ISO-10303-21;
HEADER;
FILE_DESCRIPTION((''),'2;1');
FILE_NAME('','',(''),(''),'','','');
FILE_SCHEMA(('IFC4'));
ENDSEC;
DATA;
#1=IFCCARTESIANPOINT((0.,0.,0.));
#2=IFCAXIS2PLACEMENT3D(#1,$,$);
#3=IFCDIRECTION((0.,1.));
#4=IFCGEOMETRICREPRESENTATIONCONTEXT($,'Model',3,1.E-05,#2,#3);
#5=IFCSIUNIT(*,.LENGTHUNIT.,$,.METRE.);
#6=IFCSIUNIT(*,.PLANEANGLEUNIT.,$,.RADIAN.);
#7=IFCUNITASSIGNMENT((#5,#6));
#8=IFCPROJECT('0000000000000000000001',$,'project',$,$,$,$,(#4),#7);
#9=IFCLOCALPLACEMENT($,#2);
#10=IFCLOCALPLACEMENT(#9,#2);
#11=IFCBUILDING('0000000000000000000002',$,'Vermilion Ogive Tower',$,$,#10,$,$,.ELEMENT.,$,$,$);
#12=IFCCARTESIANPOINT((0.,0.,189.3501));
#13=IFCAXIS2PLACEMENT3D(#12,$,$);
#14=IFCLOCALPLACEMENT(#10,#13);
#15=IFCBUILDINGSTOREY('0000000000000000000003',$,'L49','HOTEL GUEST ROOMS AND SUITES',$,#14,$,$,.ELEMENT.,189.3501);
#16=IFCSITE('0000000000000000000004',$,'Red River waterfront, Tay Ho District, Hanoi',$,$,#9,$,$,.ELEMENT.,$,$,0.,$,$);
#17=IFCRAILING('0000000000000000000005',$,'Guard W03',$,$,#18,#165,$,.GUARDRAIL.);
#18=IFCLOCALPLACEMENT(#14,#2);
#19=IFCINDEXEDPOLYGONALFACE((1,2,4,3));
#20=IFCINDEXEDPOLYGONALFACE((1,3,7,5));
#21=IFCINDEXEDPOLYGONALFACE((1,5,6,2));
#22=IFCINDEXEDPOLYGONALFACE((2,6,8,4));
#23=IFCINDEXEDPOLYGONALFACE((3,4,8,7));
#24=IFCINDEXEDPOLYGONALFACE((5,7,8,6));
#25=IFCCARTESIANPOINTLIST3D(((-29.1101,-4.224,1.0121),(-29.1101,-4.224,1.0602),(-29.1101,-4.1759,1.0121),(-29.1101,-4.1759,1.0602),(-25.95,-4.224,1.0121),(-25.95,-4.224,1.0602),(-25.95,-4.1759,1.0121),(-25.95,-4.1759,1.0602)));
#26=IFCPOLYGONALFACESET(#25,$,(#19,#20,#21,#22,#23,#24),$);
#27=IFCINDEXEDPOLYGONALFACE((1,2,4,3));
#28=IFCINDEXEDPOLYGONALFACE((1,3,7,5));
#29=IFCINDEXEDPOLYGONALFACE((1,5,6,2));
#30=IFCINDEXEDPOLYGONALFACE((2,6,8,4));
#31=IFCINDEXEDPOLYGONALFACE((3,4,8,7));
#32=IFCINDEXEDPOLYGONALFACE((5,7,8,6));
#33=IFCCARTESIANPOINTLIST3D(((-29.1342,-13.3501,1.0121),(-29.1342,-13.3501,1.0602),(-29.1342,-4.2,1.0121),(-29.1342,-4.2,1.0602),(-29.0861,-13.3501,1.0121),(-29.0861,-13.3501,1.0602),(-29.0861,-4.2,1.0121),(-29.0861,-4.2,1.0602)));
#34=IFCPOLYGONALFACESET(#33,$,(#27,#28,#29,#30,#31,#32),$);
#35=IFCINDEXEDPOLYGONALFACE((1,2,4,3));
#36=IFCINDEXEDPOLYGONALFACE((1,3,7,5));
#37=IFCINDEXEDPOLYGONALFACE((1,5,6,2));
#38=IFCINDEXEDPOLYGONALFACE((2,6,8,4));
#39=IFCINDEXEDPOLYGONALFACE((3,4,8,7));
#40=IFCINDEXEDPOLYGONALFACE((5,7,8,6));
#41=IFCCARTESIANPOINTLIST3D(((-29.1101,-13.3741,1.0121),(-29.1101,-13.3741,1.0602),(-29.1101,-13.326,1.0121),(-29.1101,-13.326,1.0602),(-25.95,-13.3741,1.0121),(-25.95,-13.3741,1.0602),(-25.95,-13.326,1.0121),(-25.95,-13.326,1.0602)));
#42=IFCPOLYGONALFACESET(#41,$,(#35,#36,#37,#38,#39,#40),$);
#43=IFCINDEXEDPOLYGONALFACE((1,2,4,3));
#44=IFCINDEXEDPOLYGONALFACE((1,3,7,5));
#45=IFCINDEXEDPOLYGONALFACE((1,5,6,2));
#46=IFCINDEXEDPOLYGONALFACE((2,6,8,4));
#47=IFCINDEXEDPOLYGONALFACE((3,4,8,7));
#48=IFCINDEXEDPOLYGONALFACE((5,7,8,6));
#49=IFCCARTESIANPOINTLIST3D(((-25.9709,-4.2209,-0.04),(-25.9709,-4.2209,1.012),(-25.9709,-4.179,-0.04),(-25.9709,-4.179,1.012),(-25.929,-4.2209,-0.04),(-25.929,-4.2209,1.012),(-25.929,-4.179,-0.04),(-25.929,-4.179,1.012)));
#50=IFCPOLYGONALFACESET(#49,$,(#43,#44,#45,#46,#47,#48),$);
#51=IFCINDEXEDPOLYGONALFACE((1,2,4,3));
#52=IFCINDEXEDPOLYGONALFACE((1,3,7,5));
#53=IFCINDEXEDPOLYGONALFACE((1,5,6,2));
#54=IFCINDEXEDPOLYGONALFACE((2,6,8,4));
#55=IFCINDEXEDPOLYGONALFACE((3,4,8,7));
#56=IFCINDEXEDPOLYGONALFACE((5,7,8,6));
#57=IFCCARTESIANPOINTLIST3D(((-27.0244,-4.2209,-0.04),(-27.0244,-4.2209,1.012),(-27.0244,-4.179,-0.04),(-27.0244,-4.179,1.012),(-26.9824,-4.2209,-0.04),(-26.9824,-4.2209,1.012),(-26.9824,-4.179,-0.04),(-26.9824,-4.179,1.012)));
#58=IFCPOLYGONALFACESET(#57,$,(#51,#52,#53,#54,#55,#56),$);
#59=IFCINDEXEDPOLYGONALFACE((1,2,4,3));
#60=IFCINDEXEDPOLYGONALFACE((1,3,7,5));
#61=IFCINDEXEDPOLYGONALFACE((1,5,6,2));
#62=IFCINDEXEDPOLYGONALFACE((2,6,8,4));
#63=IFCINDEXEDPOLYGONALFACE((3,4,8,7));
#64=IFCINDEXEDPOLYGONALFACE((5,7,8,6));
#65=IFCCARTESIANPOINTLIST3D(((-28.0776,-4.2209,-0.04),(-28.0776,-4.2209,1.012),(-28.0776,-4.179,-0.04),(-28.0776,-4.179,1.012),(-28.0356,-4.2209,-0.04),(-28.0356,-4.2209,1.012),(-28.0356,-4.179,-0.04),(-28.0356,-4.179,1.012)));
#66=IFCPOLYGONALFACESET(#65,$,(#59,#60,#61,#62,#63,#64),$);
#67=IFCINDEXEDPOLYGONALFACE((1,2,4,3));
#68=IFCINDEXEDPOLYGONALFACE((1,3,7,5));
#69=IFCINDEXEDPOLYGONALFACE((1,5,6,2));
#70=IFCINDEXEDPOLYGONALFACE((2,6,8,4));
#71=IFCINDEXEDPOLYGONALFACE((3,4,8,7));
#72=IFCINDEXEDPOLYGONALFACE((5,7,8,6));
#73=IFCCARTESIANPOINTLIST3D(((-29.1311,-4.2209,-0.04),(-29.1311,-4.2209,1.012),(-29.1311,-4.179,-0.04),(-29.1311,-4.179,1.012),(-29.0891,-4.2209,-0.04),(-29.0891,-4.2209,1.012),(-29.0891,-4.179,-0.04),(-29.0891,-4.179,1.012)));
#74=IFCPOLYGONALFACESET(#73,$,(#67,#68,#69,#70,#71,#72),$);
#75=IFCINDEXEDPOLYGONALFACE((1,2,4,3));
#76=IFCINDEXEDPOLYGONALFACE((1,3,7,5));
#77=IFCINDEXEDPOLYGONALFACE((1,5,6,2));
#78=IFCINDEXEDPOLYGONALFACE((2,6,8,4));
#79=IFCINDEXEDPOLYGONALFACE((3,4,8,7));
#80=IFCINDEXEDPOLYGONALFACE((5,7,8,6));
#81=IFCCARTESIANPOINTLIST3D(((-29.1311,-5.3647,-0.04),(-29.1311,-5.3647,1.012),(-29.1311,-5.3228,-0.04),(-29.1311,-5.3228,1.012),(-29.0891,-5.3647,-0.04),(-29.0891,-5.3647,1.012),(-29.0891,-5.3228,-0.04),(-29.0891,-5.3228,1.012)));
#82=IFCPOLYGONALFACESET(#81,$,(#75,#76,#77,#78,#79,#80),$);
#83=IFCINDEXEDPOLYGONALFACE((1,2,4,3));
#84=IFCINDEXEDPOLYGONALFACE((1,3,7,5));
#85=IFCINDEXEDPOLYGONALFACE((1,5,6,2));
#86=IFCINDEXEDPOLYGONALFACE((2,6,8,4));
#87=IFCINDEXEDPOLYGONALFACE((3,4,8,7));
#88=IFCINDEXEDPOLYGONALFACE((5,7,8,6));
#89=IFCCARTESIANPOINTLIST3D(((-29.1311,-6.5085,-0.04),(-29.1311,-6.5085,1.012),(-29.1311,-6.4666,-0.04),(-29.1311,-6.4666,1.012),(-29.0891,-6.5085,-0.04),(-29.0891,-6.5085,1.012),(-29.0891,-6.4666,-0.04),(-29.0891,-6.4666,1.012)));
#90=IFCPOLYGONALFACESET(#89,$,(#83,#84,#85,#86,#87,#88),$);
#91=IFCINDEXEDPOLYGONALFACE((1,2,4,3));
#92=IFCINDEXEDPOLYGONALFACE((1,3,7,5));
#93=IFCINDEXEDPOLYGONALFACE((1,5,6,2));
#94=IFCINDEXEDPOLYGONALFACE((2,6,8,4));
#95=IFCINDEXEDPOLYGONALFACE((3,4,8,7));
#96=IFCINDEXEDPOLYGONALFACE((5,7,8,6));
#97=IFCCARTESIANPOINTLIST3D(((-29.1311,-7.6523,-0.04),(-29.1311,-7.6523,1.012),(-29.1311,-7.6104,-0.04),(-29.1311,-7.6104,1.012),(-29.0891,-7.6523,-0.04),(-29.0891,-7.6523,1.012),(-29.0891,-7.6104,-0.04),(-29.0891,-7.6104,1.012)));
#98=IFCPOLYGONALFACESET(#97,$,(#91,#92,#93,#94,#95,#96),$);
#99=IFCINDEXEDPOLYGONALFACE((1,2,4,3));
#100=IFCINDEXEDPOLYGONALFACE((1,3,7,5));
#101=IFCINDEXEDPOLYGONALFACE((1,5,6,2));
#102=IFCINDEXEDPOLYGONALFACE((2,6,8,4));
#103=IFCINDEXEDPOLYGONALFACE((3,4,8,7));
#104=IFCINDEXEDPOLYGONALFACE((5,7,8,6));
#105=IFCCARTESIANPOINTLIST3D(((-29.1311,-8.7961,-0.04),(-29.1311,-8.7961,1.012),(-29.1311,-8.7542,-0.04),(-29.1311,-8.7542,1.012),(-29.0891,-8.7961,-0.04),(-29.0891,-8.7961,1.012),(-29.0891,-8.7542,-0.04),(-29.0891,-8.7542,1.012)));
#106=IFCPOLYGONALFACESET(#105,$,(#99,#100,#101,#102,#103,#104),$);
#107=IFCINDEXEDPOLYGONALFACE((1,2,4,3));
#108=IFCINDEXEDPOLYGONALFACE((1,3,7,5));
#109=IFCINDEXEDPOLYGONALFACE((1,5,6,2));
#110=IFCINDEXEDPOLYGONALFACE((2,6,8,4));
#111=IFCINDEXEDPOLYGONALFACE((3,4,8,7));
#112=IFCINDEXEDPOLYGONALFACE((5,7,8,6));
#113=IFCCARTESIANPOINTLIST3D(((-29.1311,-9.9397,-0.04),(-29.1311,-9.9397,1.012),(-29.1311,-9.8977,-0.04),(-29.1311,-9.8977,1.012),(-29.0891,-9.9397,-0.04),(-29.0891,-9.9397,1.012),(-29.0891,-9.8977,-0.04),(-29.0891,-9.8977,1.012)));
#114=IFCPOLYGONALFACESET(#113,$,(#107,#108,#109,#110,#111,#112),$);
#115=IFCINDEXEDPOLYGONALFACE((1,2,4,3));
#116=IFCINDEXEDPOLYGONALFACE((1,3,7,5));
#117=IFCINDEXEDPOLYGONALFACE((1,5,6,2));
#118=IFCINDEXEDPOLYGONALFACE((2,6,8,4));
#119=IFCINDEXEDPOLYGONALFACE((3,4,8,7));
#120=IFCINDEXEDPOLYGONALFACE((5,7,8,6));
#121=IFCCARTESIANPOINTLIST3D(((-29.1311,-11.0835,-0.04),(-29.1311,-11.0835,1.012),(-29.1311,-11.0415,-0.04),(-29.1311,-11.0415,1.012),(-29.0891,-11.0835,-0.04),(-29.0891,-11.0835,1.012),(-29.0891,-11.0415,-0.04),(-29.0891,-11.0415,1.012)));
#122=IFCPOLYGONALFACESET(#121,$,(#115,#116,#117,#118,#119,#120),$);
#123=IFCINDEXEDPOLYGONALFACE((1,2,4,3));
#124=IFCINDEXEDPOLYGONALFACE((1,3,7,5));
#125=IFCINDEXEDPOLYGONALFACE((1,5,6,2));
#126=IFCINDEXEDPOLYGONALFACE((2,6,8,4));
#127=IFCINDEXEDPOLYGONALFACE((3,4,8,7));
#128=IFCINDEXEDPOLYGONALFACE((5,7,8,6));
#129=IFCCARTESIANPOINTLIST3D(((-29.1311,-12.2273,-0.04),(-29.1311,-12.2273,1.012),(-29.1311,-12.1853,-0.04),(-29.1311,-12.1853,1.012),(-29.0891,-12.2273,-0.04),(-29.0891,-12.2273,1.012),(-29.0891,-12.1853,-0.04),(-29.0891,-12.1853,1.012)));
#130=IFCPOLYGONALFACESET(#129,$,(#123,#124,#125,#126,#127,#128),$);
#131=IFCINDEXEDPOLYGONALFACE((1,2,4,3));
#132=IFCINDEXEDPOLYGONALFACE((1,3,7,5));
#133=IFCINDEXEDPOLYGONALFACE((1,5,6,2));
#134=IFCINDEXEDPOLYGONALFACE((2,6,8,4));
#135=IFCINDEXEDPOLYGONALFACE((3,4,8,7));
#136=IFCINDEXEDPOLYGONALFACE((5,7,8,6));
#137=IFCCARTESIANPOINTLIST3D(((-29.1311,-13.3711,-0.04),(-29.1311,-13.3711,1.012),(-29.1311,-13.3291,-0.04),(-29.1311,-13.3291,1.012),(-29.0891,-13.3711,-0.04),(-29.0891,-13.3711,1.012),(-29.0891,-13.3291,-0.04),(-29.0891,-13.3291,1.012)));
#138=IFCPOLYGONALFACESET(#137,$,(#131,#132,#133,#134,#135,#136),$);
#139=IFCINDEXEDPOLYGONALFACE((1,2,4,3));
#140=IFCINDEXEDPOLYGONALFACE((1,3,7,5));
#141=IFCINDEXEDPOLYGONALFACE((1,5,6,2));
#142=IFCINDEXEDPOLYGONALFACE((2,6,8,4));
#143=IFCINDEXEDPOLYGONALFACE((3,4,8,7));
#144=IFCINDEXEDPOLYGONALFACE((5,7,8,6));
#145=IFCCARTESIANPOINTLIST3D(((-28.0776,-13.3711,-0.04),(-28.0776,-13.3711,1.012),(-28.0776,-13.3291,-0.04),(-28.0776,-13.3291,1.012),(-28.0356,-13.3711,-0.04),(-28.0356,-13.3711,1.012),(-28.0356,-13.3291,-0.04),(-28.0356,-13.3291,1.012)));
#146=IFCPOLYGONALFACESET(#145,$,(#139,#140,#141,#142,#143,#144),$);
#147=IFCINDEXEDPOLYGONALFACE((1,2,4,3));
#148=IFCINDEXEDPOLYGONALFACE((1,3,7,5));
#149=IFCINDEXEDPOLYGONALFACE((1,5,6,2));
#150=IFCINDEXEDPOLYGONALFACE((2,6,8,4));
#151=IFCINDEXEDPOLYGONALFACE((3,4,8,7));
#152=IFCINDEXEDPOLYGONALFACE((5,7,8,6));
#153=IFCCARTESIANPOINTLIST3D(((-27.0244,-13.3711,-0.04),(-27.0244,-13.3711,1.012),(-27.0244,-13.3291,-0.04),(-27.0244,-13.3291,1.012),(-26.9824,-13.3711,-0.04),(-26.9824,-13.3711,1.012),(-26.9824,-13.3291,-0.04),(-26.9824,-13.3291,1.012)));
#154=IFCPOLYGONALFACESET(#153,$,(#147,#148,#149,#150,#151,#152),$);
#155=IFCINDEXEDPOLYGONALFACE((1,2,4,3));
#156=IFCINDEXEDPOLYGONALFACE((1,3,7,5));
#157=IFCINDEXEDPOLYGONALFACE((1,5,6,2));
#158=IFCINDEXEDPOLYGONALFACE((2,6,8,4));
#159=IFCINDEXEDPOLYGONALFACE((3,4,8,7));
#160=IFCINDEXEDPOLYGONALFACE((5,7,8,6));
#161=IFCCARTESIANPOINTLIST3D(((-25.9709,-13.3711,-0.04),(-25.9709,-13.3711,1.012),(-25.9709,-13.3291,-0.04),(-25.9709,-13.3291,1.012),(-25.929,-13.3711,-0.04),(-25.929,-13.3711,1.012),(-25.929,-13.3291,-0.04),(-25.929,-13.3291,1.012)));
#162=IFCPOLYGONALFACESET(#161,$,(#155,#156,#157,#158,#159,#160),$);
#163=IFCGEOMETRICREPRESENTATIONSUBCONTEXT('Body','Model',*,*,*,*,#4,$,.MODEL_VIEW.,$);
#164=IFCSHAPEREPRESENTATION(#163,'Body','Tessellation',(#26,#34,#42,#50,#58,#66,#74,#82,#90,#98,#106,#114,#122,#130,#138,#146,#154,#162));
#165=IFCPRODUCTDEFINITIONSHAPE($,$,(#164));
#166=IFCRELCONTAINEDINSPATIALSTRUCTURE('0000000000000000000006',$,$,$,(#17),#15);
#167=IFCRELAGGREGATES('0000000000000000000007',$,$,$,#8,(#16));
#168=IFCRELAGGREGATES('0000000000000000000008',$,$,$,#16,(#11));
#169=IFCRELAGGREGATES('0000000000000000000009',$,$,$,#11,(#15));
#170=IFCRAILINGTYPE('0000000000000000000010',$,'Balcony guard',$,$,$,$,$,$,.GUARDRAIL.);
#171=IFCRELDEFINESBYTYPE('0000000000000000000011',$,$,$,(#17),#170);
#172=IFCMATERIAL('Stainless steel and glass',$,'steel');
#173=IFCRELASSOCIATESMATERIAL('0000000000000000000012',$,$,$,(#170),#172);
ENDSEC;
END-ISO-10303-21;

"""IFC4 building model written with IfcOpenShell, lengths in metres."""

from ifc_helpers import new_model, si_unit, direction, frame, origin, origin_2d, place, context, subcontext, project, spatial, rectangle, extrude, material, type_object, element, save


model = new_model("IFC4")

# Units and contexts
model_context = context("Model", 3, precision=1e-05, world=origin(), true_north=direction((0.0, 1.0)))
body_context = subcontext(model_context, "Body", "Model", "MODEL_VIEW")
ifc_project = project(units=[si_unit("LENGTHUNIT", "METRE"), si_unit("PLANEANGLEUNIT", "RADIAN")], contexts=[model_context])

# Site, building, storey
site_placement = place(None, origin())
site = spatial("IfcSite", under=ifc_project, at=site_placement, Name="Red River waterfront, Tay Ho District, Hanoi", CompositionType="ELEMENT", RefElevation=0.0)
building_placement = place(site_placement, origin())
building = spatial("IfcBuilding", under=site, at=building_placement, Name="Vermilion Ogive Tower", CompositionType="ELEMENT")
storey_placement = place(building_placement, frame((0.0, 0.0, 189.3501)))
storey = spatial("IfcBuildingStorey", under=building, at=storey_placement, Name="L49", Description="HOTEL GUEST ROOMS AND SUITES", CompositionType="ELEMENT", Elevation=189.3501)

# Railing
ifc_material_1 = material(Name="Stainless steel and glass", Category="steel")
railing_type = type_object("IfcRailingType", Name="Balcony guard", PredefinedType="GUARDRAIL", material=ifc_material_1)
railing_placement = place(storey_placement, frame((-25.95, -4.2, -0.04)))
element("IfcRailing", 1, at=railing_placement, inside=storey, type_object=railing_type, Name="Guard W03", PredefinedType="GUARDRAIL", context=body_context, shape_type="SweptSolid", body=[
    extrude(rectangle(XDim=0.0481, YDim=0.0481, at=origin_2d()), frame((0.0, 0.0, 1.0762), z_axis=(-1.0, 0.0, 0.0), x_axis=(0.0, -1.0, 0.0)), (0.0, 0.0, 1.0), 3.1602),
    extrude(rectangle(XDim=0.0481, YDim=0.0481, at=origin_2d()), frame((-3.1602, 0.0, 1.0762), z_axis=(0.0, -1.0, 0.0), x_axis=(1.0, 0.0, 0.0)), (0.0, 0.0, 1.0), 9.1501),
    extrude(rectangle(XDim=0.0481, YDim=0.0481, at=origin_2d()), frame((-3.1602, -9.1501, 1.0762), z_axis=(1.0, 0.0, 0.0), x_axis=(0.0, 1.0, 0.0)), (0.0, 0.0, 1.0), 3.1602),
    extrude(rectangle(XDim=0.042, YDim=0.042, at=origin_2d()), origin(), (0.0, 0.0, 1.0), 1.052),
    extrude(rectangle(XDim=0.042, YDim=0.042, at=origin_2d()), frame((-1.0535, 0.0, 0.0)), (0.0, 0.0, 1.0), 1.052),
    extrude(rectangle(XDim=0.042, YDim=0.042, at=origin_2d()), frame((-2.1067, 0.0, 0.0)), (0.0, 0.0, 1.0), 1.052),
    extrude(rectangle(XDim=0.042, YDim=0.042, at=origin_2d()), frame((-3.1602, 0.0, 0.0)), (0.0, 0.0, 1.0), 1.052),
    extrude(rectangle(XDim=0.042, YDim=0.042, at=origin_2d()), frame((-3.1602, -1.1438, 0.0)), (0.0, 0.0, 1.0), 1.052),
    extrude(rectangle(XDim=0.042, YDim=0.042, at=origin_2d()), frame((-3.1602, -2.2876, 0.0)), (0.0, 0.0, 1.0), 1.052),
    extrude(rectangle(XDim=0.042, YDim=0.042, at=origin_2d()), frame((-3.1602, -3.4314, 0.0)), (0.0, 0.0, 1.0), 1.052),
    extrude(rectangle(XDim=0.042, YDim=0.042, at=origin_2d()), frame((-3.1602, -4.5752, 0.0)), (0.0, 0.0, 1.0), 1.052),
    extrude(rectangle(XDim=0.042, YDim=0.042, at=origin_2d()), frame((-3.1602, -5.7188, 0.0)), (0.0, 0.0, 1.0), 1.052),
    extrude(rectangle(XDim=0.042, YDim=0.042, at=origin_2d()), frame((-3.1602, -6.8625, 0.0)), (0.0, 0.0, 1.0), 1.052),
    extrude(rectangle(XDim=0.042, YDim=0.042, at=origin_2d()), frame((-3.1602, -8.0063, 0.0)), (0.0, 0.0, 1.0), 1.052),
    extrude(rectangle(XDim=0.042, YDim=0.042, at=origin_2d()), frame((-3.1602, -9.1501, 0.0)), (0.0, 0.0, 1.0), 1.052),
    extrude(rectangle(XDim=0.042, YDim=0.042, at=origin_2d()), frame((-2.1067, -9.1501, 0.0)), (0.0, 0.0, 1.0), 1.052),
    extrude(rectangle(XDim=0.042, YDim=0.042, at=origin_2d()), frame((-1.0535, -9.1501, 0.0)), (0.0, 0.0, 1.0), 1.052),
    extrude(rectangle(XDim=0.042, YDim=0.042, at=origin_2d()), frame((0.0, -9.1501, 0.0)), (0.0, 0.0, 1.0), 1.052),
])

save(model, "model.ifc")
